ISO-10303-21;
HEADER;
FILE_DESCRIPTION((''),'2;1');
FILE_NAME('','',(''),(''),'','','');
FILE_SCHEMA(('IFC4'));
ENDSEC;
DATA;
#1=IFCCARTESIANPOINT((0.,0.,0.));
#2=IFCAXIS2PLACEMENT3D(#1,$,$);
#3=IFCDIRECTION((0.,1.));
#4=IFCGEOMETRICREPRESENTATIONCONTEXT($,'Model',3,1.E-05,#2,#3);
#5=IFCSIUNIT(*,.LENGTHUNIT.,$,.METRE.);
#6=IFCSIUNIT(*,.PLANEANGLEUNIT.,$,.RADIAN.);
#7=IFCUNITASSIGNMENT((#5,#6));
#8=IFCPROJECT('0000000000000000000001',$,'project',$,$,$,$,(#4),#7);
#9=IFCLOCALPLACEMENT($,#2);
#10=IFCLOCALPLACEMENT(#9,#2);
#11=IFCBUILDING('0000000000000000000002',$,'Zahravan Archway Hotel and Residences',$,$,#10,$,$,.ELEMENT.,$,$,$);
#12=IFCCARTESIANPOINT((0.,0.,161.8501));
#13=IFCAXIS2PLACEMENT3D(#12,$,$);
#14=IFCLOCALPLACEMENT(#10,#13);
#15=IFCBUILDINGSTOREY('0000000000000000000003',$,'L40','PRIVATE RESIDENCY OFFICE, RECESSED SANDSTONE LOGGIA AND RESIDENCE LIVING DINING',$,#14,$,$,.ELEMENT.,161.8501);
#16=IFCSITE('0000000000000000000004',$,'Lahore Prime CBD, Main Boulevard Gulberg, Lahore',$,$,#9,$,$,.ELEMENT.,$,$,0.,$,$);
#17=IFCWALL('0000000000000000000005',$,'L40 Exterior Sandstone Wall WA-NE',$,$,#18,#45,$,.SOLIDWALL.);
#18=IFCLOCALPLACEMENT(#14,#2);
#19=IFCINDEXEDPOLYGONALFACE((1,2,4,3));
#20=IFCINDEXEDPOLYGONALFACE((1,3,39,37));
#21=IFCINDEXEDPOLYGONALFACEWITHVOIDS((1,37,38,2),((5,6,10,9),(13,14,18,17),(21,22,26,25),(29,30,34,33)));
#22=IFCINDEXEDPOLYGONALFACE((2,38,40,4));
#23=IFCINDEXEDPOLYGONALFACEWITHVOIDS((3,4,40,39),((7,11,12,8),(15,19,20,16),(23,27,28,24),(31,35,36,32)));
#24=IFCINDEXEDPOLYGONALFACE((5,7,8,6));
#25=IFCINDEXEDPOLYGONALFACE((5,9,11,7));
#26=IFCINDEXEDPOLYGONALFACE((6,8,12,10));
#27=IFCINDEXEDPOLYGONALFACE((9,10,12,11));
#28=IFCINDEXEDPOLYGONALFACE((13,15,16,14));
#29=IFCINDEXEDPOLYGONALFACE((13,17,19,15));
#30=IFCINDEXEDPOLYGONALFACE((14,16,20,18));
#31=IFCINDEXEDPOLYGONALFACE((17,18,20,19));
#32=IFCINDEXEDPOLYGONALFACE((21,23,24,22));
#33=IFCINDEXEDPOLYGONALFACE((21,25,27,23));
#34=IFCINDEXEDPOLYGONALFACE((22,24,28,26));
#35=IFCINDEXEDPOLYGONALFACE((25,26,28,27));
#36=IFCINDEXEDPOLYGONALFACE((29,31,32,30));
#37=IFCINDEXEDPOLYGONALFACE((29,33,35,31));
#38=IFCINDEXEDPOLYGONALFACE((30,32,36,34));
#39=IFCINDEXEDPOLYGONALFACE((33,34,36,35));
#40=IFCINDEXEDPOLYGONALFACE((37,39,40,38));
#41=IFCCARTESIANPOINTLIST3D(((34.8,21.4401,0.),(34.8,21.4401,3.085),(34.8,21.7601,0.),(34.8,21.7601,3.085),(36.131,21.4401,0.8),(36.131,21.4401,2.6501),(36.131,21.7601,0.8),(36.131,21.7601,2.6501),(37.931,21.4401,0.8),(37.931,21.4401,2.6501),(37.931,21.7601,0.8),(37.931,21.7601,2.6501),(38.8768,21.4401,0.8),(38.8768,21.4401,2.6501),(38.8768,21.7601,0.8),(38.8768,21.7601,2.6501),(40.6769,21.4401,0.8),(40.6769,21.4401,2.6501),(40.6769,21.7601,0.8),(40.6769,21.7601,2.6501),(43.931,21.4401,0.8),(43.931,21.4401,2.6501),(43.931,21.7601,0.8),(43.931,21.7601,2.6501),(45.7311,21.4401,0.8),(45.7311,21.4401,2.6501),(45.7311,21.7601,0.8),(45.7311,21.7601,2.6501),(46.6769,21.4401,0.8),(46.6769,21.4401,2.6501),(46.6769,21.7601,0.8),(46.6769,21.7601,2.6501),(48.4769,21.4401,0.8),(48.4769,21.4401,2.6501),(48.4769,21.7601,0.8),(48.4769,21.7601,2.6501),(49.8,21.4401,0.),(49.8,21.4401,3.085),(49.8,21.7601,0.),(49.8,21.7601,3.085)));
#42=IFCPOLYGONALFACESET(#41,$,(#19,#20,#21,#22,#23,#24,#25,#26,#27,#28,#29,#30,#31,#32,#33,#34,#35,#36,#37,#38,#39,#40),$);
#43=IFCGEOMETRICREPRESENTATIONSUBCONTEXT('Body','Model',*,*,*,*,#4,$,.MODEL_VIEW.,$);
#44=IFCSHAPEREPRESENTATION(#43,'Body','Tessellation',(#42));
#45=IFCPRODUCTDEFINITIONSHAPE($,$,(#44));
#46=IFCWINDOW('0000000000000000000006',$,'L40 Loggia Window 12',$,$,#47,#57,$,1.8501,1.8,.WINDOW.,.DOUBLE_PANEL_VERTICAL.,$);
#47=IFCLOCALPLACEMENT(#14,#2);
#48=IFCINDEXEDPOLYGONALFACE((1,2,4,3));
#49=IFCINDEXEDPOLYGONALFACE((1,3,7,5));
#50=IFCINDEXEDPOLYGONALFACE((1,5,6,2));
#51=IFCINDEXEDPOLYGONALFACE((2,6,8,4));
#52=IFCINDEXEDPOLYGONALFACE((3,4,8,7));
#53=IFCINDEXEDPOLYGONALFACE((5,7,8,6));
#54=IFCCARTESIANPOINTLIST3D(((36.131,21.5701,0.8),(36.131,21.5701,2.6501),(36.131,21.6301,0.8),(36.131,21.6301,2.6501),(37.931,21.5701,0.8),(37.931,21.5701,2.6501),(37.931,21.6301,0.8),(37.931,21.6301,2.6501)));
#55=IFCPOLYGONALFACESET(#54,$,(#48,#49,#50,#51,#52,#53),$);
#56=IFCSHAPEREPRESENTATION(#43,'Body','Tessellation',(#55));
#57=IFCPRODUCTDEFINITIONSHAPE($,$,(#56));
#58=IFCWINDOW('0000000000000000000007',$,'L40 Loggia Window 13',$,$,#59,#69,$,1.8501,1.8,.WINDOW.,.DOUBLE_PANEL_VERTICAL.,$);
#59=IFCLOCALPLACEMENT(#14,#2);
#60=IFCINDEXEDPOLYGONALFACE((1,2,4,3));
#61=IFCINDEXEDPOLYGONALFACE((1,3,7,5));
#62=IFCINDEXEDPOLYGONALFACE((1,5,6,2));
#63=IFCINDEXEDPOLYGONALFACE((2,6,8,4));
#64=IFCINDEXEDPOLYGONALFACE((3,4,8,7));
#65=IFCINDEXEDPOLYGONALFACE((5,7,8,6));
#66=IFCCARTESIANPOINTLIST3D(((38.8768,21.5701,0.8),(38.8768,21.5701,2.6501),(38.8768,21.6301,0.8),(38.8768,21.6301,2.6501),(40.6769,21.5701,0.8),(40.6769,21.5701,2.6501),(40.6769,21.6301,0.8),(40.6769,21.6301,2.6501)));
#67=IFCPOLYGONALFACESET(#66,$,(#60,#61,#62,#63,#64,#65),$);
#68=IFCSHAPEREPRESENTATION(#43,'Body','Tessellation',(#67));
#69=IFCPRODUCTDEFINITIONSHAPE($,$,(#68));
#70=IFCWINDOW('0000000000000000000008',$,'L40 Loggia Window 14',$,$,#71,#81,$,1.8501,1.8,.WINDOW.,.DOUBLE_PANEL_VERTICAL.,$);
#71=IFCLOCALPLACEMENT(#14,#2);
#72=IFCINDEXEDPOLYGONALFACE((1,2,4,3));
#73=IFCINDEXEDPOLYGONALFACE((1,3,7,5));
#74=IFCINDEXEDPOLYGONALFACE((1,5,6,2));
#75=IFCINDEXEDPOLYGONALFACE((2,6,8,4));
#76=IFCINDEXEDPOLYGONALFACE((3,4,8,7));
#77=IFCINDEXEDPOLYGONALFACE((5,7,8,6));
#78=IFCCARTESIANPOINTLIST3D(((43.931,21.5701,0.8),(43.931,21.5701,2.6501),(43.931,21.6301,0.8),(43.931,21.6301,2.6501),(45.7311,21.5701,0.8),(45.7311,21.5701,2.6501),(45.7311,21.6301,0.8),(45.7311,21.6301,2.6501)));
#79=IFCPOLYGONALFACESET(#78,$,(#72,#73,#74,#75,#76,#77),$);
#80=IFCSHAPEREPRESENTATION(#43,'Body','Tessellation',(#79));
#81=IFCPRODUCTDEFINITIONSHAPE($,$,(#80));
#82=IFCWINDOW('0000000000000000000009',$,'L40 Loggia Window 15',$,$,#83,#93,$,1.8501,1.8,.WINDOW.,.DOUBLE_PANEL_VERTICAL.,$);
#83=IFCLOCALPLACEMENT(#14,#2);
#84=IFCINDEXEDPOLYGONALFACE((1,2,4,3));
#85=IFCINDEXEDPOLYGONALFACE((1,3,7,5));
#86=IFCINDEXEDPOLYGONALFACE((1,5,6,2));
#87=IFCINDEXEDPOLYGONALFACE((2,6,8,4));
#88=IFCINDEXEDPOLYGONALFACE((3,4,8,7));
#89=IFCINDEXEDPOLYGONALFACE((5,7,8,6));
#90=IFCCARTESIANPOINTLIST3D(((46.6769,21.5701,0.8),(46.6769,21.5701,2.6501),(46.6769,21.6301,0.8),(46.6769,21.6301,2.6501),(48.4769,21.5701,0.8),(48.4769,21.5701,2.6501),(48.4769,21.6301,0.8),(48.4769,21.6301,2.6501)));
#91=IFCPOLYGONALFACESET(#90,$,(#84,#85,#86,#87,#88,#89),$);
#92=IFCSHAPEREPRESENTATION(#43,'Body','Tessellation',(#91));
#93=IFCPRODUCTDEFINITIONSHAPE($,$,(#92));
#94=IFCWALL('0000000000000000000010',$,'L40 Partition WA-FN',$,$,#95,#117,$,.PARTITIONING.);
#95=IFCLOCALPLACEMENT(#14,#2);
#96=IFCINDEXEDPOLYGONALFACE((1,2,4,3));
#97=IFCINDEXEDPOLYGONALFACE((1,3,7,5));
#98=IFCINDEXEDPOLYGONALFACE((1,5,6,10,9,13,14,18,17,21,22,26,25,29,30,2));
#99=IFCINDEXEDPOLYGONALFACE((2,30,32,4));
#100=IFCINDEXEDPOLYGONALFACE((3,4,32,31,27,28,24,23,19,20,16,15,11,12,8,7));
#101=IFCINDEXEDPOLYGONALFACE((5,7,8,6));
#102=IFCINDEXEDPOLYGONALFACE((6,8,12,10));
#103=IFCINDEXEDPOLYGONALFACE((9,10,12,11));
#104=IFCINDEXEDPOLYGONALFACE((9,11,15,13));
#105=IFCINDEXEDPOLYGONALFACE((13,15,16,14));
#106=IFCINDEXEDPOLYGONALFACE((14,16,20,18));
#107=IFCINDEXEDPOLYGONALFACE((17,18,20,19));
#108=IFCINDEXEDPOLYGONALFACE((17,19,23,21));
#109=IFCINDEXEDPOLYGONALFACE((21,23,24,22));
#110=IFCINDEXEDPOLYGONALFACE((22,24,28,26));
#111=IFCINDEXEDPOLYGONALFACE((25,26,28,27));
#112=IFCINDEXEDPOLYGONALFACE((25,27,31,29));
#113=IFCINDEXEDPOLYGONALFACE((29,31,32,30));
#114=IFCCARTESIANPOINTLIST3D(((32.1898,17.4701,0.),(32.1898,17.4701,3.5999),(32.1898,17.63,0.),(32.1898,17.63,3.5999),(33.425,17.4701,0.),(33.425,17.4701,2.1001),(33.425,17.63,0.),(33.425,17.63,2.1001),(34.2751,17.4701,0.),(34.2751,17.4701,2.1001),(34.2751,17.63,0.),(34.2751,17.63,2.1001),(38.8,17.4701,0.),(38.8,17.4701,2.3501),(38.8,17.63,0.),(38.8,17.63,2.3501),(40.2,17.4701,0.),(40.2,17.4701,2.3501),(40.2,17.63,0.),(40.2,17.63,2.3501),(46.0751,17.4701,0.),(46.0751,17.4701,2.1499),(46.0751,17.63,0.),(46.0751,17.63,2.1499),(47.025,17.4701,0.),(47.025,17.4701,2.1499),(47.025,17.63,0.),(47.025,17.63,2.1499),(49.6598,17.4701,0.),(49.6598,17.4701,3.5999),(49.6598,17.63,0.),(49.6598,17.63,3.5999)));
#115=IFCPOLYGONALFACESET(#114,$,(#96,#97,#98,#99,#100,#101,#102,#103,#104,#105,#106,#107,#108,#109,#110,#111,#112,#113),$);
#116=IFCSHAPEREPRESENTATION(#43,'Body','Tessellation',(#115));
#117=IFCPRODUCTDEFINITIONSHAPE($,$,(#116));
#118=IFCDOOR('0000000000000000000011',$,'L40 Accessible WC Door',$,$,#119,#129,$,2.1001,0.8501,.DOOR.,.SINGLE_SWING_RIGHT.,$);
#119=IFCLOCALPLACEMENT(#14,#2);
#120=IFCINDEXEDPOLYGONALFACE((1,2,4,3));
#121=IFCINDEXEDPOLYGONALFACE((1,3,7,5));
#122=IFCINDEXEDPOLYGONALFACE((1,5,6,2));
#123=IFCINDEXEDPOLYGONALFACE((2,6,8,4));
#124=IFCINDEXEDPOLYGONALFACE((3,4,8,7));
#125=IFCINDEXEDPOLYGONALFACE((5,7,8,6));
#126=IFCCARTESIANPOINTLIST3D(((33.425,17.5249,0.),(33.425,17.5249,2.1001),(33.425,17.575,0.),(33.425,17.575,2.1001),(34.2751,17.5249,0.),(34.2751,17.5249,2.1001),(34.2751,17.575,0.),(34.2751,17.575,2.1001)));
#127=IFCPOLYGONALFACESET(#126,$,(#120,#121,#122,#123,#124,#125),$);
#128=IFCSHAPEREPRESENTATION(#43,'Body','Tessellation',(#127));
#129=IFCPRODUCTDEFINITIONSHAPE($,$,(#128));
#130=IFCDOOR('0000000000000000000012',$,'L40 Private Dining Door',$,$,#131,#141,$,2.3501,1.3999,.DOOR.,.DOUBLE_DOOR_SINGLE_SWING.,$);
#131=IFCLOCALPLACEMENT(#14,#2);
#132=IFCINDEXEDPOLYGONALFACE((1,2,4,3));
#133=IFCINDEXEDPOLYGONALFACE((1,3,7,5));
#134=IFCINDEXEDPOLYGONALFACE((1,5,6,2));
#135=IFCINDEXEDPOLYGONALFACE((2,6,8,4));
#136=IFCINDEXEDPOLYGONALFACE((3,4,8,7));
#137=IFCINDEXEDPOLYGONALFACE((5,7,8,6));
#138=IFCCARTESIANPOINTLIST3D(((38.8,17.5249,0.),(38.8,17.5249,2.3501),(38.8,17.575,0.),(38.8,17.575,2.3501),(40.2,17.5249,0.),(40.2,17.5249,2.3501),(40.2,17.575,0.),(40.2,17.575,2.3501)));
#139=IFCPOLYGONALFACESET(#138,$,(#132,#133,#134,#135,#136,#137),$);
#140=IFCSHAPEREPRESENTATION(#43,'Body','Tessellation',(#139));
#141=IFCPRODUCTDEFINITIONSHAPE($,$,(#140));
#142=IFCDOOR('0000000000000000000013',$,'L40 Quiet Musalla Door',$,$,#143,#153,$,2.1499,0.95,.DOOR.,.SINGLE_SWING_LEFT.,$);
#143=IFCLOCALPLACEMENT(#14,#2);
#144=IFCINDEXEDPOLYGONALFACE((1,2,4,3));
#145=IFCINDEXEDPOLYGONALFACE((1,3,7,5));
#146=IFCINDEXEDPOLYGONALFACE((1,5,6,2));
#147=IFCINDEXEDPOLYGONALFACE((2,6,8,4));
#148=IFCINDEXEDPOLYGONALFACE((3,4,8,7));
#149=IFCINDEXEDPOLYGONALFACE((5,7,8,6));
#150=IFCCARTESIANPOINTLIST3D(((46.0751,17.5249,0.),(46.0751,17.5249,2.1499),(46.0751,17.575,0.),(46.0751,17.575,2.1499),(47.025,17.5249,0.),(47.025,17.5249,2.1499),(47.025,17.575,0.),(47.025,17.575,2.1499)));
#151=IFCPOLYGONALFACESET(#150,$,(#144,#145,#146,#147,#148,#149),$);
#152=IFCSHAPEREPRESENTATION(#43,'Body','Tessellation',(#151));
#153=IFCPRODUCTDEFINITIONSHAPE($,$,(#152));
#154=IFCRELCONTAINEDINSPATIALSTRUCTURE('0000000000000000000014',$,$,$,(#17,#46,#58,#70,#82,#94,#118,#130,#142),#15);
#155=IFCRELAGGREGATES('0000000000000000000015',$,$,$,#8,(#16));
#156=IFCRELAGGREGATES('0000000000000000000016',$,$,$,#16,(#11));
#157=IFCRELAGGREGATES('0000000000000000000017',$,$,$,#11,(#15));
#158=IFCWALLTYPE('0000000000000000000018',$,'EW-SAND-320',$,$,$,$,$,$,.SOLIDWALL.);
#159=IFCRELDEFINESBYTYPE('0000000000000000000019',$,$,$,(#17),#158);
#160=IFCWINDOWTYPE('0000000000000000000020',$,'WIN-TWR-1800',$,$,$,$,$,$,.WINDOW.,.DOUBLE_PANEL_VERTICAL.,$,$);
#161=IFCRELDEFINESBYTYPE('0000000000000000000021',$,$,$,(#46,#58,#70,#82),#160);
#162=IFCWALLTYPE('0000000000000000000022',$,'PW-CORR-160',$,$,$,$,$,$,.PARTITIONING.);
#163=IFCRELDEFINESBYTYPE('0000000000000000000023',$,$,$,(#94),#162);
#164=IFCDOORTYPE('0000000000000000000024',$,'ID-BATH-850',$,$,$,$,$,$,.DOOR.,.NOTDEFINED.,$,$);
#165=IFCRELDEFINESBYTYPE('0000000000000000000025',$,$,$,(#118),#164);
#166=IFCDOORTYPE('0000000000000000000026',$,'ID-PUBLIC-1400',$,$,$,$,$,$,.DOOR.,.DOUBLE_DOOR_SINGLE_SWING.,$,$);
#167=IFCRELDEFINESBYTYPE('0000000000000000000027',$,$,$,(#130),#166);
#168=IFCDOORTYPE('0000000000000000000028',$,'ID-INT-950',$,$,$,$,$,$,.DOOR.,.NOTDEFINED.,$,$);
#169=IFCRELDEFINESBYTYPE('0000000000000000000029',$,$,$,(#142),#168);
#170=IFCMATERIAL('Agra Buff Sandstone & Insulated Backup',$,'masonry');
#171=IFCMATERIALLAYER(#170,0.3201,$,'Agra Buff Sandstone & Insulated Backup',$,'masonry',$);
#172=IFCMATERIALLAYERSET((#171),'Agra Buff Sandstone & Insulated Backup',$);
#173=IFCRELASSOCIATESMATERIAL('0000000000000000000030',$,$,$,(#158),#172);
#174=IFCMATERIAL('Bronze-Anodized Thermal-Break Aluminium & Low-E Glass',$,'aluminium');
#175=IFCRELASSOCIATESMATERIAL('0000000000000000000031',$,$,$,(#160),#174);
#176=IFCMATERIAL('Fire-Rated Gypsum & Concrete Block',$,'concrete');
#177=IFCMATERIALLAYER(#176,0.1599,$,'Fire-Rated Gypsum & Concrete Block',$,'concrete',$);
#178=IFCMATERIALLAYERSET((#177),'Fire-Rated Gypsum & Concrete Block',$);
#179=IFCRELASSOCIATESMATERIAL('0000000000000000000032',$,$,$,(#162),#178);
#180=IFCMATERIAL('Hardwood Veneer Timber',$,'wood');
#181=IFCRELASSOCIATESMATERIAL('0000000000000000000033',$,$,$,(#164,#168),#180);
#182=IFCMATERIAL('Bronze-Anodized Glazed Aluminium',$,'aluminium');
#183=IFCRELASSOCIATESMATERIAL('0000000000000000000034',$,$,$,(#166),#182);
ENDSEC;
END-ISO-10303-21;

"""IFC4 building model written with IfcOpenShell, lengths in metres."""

from ifc_helpers import new_model, si_unit, direction, frame, frame_2d, origin, place, context, subcontext, project, spatial, rectangle, extrude, source, transform, mapped, material, layer, layer_set, type_object, type_shapes, element, fill, save


model = new_model("IFC4")

# Units and contexts
model_context = context("Model", 3, precision=1e-05, world=origin(), true_north=direction((0.0, 1.0)))
body_context = subcontext(model_context, "Body", "Model", "MODEL_VIEW")
ifc_project = project(units=[si_unit("LENGTHUNIT", "METRE"), si_unit("PLANEANGLEUNIT", "RADIAN")], contexts=[model_context])

# Site, building, storey
site_placement = place(None, origin())
site = spatial("IfcSite", under=ifc_project, at=site_placement, Name="Lahore Prime CBD, Main Boulevard Gulberg, Lahore", CompositionType="ELEMENT", RefElevation=0.0)
building_placement = place(site_placement, origin())
building = spatial("IfcBuilding", under=site, at=building_placement, Name="Zahravan Archway Hotel and Residences", CompositionType="ELEMENT")
storey_placement = place(building_placement, frame((0.0, 0.0, 161.8501)))
storey = spatial("IfcBuildingStorey", under=building, at=storey_placement, Name="L40", Description="PRIVATE RESIDENCY OFFICE, RECESSED SANDSTONE LOGGIA AND RESIDENCE LIVING DINING", CompositionType="ELEMENT", Elevation=161.8501)

# Wall, openings, windows
ifc_material_1 = material(Name="Agra Buff Sandstone & Insulated Backup", Category="masonry")
ifc_layer_1 = layer(ifc_material_1, 0.3201, Name="Agra Buff Sandstone & Insulated Backup", Category="masonry")
ifc_layer_set_1 = layer_set([ifc_layer_1], Name="Agra Buff Sandstone & Insulated Backup")
wall_type_1 = type_object("IfcWallType", Name="EW-SAND-320", PredefinedType="SOLIDWALL", material=ifc_layer_set_1)
wall_1_placement = place(storey_placement, frame((34.8, 21.6001, 0.0), z_axis=(0.0, 0.0, 1.0), x_axis=(1.0, 0.0, 0.0)))
wall_1 = element("IfcWall", 1, at=wall_1_placement, inside=storey, type_object=wall_type_1, Name="L40 Exterior Sandstone Wall WA-NE", PredefinedType="SOLIDWALL", context=body_context, shape_type="SweptSolid", body=[
    extrude(rectangle(XDim=15.0, YDim=0.3201, at=frame_2d((7.5, 0.0))), origin(), (0.0, 0.0, 1.0), 3.085),
])
opening_1_placement = place(wall_1_placement, frame((1.3311, 0.0, 0.8)))
opening_1 = element("IfcOpeningElement", 2, at=opening_1_placement, cuts=wall_1, PredefinedType="OPENING", context=body_context, shape_type="SweptSolid", body=[
    extrude(rectangle(XDim=1.8, YDim=1.8501, at=frame_2d((0.8999, 0.925))), frame((0.0, 0.1699, 0.0), z_axis=(0.0, -1.0, 0.0), x_axis=(1.0, 0.0, 0.0)), (0.0, 0.0, 1.0), 0.3401),
])
opening_2_placement = place(wall_1_placement, frame((4.0769, 0.0, 0.8)))
opening_2 = element("IfcOpeningElement", 3, at=opening_2_placement, cuts=wall_1, PredefinedType="OPENING", context=body_context, shape_type="SweptSolid", body=[
    extrude(rectangle(XDim=1.8, YDim=1.8501, at=frame_2d((0.8999, 0.925))), frame((0.0, 0.1699, 0.0), z_axis=(0.0, -1.0, 0.0), x_axis=(1.0, 0.0, 0.0)), (0.0, 0.0, 1.0), 0.3401),
])
opening_3_placement = place(wall_1_placement, frame((9.1311, 0.0, 0.8)))
opening_3 = element("IfcOpeningElement", 4, at=opening_3_placement, cuts=wall_1, PredefinedType="OPENING", context=body_context, shape_type="SweptSolid", body=[
    extrude(rectangle(XDim=1.8, YDim=1.8501, at=frame_2d((0.8999, 0.925))), frame((0.0, 0.1699, 0.0), z_axis=(0.0, -1.0, 0.0), x_axis=(1.0, 0.0, 0.0)), (0.0, 0.0, 1.0), 0.3401),
])
opening_4_placement = place(wall_1_placement, frame((11.877, 0.0, 0.8)))
opening_4 = element("IfcOpeningElement", 5, at=opening_4_placement, cuts=wall_1, PredefinedType="OPENING", context=body_context, shape_type="SweptSolid", body=[
    extrude(rectangle(XDim=1.8, YDim=1.8501, at=frame_2d((0.8999, 0.925))), frame((0.0, 0.1699, 0.0), z_axis=(0.0, -1.0, 0.0), x_axis=(1.0, 0.0, 0.0)), (0.0, 0.0, 1.0), 0.3401),
])
ifc_material_2 = material(Name="Bronze-Anodized Thermal-Break Aluminium & Low-E Glass", Category="aluminium")
window_type = type_object("IfcWindowType", Name="WIN-TWR-1800", PartitioningType="DOUBLE_PANEL_VERTICAL", PredefinedType="WINDOW", material=ifc_material_2)
shared_shape_1 = source(origin(), body_context, "Body", "SweptSolid", [
    extrude(rectangle(XDim=1.8, YDim=1.8501, at=frame_2d((0.8999, 0.925))), frame((0.0, 0.03, 0.0), z_axis=(0.0, -1.0, 0.0), x_axis=(1.0, 0.0, 0.0)), (0.0, 0.0, 1.0), 0.0601),
])
type_shapes(window_type, [shared_shape_1])
window_1_placement = place(opening_1_placement, origin())
window_1 = element("IfcWindow", 6, at=window_1_placement, inside=storey, type_object=window_type, Name="L40 Loggia Window 12", OverallHeight=1.8501, OverallWidth=1.8, PartitioningType="DOUBLE_PANEL_VERTICAL", PredefinedType="WINDOW", context=body_context, shape_type="MappedRepresentation", body=[
    mapped(shared_shape_1, transform((0.0, 0.0, 0.0), scale=1.0)),
])
fill(opening_1, window_1)
window_2_placement = place(opening_2_placement, origin())
window_2 = element("IfcWindow", 7, at=window_2_placement, inside=storey, type_object=window_type, Name="L40 Loggia Window 13", OverallHeight=1.8501, OverallWidth=1.8, PartitioningType="DOUBLE_PANEL_VERTICAL", PredefinedType="WINDOW", context=body_context, shape_type="MappedRepresentation", body=[
    mapped(shared_shape_1, transform((0.0, 0.0, 0.0), scale=1.0)),
])
fill(opening_2, window_2)
window_3_placement = place(opening_3_placement, origin())
window_3 = element("IfcWindow", 8, at=window_3_placement, inside=storey, type_object=window_type, Name="L40 Loggia Window 14", OverallHeight=1.8501, OverallWidth=1.8, PartitioningType="DOUBLE_PANEL_VERTICAL", PredefinedType="WINDOW", context=body_context, shape_type="MappedRepresentation", body=[
    mapped(shared_shape_1, transform((0.0, 0.0, 0.0), scale=1.0)),
])
fill(opening_3, window_3)
window_4_placement = place(opening_4_placement, origin())
window_4 = element("IfcWindow", 9, at=window_4_placement, inside=storey, type_object=window_type, Name="L40 Loggia Window 15", OverallHeight=1.8501, OverallWidth=1.8, PartitioningType="DOUBLE_PANEL_VERTICAL", PredefinedType="WINDOW", context=body_context, shape_type="MappedRepresentation", body=[
    mapped(shared_shape_1, transform((0.0, 0.0, 0.0), scale=1.0)),
])
fill(opening_4, window_4)

# Wall, openings, doors
ifc_material_3 = material(Name="Fire-Rated Gypsum & Concrete Block", Category="concrete")
ifc_layer_2 = layer(ifc_material_3, 0.1599, Name="Fire-Rated Gypsum & Concrete Block", Category="concrete")
ifc_layer_set_2 = layer_set([ifc_layer_2], Name="Fire-Rated Gypsum & Concrete Block")
wall_type_2 = type_object("IfcWallType", Name="PW-CORR-160", PredefinedType="PARTITIONING", material=ifc_layer_set_2)
wall_2_placement = place(storey_placement, frame((32.1899, 17.55, 0.0), z_axis=(0.0, 0.0, 1.0), x_axis=(1.0, 0.0, 0.0)))
wall_2 = element("IfcWall", 10, at=wall_2_placement, inside=storey, type_object=wall_type_2, Name="L40 Partition WA-FN", PredefinedType="PARTITIONING", context=body_context, shape_type="SweptSolid", body=[
    extrude(rectangle(XDim=17.47, YDim=0.1599, at=frame_2d((8.7349, 0.0))), origin(), (0.0, 0.0, 1.0), 3.5999),
])
opening_5_placement = place(wall_2_placement, frame((1.2351, 0.0, 0.0)))
opening_5 = element("IfcOpeningElement", 11, at=opening_5_placement, cuts=wall_2, PredefinedType="OPENING", context=body_context, shape_type="SweptSolid", body=[
    extrude(rectangle(XDim=0.8501, YDim=2.1001, at=frame_2d((0.425, 1.05))), frame((0.0, 0.0898, 0.0), z_axis=(0.0, -1.0, 0.0), x_axis=(1.0, 0.0, 0.0)), (0.0, 0.0, 1.0), 0.1799),
])
opening_6_placement = place(wall_2_placement, frame((6.6101, 0.0, 0.0)))
opening_6 = element("IfcOpeningElement", 12, at=opening_6_placement, cuts=wall_2, PredefinedType="OPENING", context=body_context, shape_type="SweptSolid", body=[
    extrude(rectangle(XDim=1.3999, YDim=2.3501, at=frame_2d((0.7, 1.175))), frame((0.0, 0.0898, 0.0), z_axis=(0.0, -1.0, 0.0), x_axis=(1.0, 0.0, 0.0)), (0.0, 0.0, 1.0), 0.1799),
])
opening_7_placement = place(wall_2_placement, frame((13.885, 0.0, 0.0)))
opening_7 = element("IfcOpeningElement", 13, at=opening_7_placement, cuts=wall_2, PredefinedType="OPENING", context=body_context, shape_type="SweptSolid", body=[
    extrude(rectangle(XDim=0.95, YDim=2.1499, at=frame_2d((0.4751, 1.075))), frame((0.0, 0.0898, 0.0), z_axis=(0.0, -1.0, 0.0), x_axis=(1.0, 0.0, 0.0)), (0.0, 0.0, 1.0), 0.1799),
])
ifc_material_4 = material(Name="Hardwood Veneer Timber", Category="wood")
door_type_1 = type_object("IfcDoorType", Name="ID-BATH-850", OperationType="NOTDEFINED", PredefinedType="DOOR", material=ifc_material_4)
shared_shape_2 = source(origin(), body_context, "Body", "SweptSolid", [
    extrude(rectangle(XDim=0.8501, YDim=2.1001, at=frame_2d((0.425, 1.05))), frame((0.0, 0.0249, 0.0), z_axis=(0.0, -1.0, 0.0), x_axis=(1.0, 0.0, 0.0)), (0.0, 0.0, 1.0), 0.05),
])
type_shapes(door_type_1, [shared_shape_2])
door_1_placement = place(opening_5_placement, origin())
door_1 = element("IfcDoor", 14, at=door_1_placement, inside=storey, type_object=door_type_1, Name="L40 Accessible WC Door", OperationType="SINGLE_SWING_RIGHT", OverallHeight=2.1001, OverallWidth=0.8501, PredefinedType="DOOR", context=body_context, shape_type="MappedRepresentation", body=[
    mapped(shared_shape_2, transform((0.0, 0.0, 0.0), scale=1.0)),
])
fill(opening_5, door_1)
ifc_material_5 = material(Name="Bronze-Anodized Glazed Aluminium", Category="aluminium")
door_type_2 = type_object("IfcDoorType", Name="ID-PUBLIC-1400", OperationType="DOUBLE_DOOR_SINGLE_SWING", PredefinedType="DOOR", material=ifc_material_5)
shared_shape_3 = source(origin(), body_context, "Body", "SweptSolid", [
    extrude(rectangle(XDim=1.3999, YDim=2.3501, at=frame_2d((0.7, 1.175))), frame((0.0, 0.0249, 0.0), z_axis=(0.0, -1.0, 0.0), x_axis=(1.0, 0.0, 0.0)), (0.0, 0.0, 1.0), 0.05),
])
type_shapes(door_type_2, [shared_shape_3])
door_2_placement = place(opening_6_placement, origin())
door_2 = element("IfcDoor", 15, at=door_2_placement, inside=storey, type_object=door_type_2, Name="L40 Private Dining Door", OperationType="DOUBLE_DOOR_SINGLE_SWING", OverallHeight=2.3501, OverallWidth=1.3999, PredefinedType="DOOR", context=body_context, shape_type="MappedRepresentation", body=[
    mapped(shared_shape_3, transform((0.0, 0.0, 0.0), scale=1.0)),
])
fill(opening_6, door_2)
door_type_3 = type_object("IfcDoorType", Name="ID-INT-950", OperationType="NOTDEFINED", PredefinedType="DOOR", material=ifc_material_4)
shared_shape_4 = source(origin(), body_context, "Body", "SweptSolid", [
    extrude(rectangle(XDim=0.95, YDim=2.1499, at=frame_2d((0.4751, 1.075))), frame((0.0, 0.0249, 0.0), z_axis=(0.0, -1.0, 0.0), x_axis=(1.0, 0.0, 0.0)), (0.0, 0.0, 1.0), 0.05),
])
type_shapes(door_type_3, [shared_shape_4])
door_3_placement = place(opening_7_placement, origin())
door_3 = element("IfcDoor", 16, at=door_3_placement, inside=storey, type_object=door_type_3, Name="L40 Quiet Musalla Door", OperationType="SINGLE_SWING_LEFT", OverallHeight=2.1499, OverallWidth=0.95, PredefinedType="DOOR", context=body_context, shape_type="MappedRepresentation", body=[
    mapped(shared_shape_4, transform((0.0, 0.0, 0.0), scale=1.0)),
])
fill(opening_7, door_3)

save(model, "model.ifc")
